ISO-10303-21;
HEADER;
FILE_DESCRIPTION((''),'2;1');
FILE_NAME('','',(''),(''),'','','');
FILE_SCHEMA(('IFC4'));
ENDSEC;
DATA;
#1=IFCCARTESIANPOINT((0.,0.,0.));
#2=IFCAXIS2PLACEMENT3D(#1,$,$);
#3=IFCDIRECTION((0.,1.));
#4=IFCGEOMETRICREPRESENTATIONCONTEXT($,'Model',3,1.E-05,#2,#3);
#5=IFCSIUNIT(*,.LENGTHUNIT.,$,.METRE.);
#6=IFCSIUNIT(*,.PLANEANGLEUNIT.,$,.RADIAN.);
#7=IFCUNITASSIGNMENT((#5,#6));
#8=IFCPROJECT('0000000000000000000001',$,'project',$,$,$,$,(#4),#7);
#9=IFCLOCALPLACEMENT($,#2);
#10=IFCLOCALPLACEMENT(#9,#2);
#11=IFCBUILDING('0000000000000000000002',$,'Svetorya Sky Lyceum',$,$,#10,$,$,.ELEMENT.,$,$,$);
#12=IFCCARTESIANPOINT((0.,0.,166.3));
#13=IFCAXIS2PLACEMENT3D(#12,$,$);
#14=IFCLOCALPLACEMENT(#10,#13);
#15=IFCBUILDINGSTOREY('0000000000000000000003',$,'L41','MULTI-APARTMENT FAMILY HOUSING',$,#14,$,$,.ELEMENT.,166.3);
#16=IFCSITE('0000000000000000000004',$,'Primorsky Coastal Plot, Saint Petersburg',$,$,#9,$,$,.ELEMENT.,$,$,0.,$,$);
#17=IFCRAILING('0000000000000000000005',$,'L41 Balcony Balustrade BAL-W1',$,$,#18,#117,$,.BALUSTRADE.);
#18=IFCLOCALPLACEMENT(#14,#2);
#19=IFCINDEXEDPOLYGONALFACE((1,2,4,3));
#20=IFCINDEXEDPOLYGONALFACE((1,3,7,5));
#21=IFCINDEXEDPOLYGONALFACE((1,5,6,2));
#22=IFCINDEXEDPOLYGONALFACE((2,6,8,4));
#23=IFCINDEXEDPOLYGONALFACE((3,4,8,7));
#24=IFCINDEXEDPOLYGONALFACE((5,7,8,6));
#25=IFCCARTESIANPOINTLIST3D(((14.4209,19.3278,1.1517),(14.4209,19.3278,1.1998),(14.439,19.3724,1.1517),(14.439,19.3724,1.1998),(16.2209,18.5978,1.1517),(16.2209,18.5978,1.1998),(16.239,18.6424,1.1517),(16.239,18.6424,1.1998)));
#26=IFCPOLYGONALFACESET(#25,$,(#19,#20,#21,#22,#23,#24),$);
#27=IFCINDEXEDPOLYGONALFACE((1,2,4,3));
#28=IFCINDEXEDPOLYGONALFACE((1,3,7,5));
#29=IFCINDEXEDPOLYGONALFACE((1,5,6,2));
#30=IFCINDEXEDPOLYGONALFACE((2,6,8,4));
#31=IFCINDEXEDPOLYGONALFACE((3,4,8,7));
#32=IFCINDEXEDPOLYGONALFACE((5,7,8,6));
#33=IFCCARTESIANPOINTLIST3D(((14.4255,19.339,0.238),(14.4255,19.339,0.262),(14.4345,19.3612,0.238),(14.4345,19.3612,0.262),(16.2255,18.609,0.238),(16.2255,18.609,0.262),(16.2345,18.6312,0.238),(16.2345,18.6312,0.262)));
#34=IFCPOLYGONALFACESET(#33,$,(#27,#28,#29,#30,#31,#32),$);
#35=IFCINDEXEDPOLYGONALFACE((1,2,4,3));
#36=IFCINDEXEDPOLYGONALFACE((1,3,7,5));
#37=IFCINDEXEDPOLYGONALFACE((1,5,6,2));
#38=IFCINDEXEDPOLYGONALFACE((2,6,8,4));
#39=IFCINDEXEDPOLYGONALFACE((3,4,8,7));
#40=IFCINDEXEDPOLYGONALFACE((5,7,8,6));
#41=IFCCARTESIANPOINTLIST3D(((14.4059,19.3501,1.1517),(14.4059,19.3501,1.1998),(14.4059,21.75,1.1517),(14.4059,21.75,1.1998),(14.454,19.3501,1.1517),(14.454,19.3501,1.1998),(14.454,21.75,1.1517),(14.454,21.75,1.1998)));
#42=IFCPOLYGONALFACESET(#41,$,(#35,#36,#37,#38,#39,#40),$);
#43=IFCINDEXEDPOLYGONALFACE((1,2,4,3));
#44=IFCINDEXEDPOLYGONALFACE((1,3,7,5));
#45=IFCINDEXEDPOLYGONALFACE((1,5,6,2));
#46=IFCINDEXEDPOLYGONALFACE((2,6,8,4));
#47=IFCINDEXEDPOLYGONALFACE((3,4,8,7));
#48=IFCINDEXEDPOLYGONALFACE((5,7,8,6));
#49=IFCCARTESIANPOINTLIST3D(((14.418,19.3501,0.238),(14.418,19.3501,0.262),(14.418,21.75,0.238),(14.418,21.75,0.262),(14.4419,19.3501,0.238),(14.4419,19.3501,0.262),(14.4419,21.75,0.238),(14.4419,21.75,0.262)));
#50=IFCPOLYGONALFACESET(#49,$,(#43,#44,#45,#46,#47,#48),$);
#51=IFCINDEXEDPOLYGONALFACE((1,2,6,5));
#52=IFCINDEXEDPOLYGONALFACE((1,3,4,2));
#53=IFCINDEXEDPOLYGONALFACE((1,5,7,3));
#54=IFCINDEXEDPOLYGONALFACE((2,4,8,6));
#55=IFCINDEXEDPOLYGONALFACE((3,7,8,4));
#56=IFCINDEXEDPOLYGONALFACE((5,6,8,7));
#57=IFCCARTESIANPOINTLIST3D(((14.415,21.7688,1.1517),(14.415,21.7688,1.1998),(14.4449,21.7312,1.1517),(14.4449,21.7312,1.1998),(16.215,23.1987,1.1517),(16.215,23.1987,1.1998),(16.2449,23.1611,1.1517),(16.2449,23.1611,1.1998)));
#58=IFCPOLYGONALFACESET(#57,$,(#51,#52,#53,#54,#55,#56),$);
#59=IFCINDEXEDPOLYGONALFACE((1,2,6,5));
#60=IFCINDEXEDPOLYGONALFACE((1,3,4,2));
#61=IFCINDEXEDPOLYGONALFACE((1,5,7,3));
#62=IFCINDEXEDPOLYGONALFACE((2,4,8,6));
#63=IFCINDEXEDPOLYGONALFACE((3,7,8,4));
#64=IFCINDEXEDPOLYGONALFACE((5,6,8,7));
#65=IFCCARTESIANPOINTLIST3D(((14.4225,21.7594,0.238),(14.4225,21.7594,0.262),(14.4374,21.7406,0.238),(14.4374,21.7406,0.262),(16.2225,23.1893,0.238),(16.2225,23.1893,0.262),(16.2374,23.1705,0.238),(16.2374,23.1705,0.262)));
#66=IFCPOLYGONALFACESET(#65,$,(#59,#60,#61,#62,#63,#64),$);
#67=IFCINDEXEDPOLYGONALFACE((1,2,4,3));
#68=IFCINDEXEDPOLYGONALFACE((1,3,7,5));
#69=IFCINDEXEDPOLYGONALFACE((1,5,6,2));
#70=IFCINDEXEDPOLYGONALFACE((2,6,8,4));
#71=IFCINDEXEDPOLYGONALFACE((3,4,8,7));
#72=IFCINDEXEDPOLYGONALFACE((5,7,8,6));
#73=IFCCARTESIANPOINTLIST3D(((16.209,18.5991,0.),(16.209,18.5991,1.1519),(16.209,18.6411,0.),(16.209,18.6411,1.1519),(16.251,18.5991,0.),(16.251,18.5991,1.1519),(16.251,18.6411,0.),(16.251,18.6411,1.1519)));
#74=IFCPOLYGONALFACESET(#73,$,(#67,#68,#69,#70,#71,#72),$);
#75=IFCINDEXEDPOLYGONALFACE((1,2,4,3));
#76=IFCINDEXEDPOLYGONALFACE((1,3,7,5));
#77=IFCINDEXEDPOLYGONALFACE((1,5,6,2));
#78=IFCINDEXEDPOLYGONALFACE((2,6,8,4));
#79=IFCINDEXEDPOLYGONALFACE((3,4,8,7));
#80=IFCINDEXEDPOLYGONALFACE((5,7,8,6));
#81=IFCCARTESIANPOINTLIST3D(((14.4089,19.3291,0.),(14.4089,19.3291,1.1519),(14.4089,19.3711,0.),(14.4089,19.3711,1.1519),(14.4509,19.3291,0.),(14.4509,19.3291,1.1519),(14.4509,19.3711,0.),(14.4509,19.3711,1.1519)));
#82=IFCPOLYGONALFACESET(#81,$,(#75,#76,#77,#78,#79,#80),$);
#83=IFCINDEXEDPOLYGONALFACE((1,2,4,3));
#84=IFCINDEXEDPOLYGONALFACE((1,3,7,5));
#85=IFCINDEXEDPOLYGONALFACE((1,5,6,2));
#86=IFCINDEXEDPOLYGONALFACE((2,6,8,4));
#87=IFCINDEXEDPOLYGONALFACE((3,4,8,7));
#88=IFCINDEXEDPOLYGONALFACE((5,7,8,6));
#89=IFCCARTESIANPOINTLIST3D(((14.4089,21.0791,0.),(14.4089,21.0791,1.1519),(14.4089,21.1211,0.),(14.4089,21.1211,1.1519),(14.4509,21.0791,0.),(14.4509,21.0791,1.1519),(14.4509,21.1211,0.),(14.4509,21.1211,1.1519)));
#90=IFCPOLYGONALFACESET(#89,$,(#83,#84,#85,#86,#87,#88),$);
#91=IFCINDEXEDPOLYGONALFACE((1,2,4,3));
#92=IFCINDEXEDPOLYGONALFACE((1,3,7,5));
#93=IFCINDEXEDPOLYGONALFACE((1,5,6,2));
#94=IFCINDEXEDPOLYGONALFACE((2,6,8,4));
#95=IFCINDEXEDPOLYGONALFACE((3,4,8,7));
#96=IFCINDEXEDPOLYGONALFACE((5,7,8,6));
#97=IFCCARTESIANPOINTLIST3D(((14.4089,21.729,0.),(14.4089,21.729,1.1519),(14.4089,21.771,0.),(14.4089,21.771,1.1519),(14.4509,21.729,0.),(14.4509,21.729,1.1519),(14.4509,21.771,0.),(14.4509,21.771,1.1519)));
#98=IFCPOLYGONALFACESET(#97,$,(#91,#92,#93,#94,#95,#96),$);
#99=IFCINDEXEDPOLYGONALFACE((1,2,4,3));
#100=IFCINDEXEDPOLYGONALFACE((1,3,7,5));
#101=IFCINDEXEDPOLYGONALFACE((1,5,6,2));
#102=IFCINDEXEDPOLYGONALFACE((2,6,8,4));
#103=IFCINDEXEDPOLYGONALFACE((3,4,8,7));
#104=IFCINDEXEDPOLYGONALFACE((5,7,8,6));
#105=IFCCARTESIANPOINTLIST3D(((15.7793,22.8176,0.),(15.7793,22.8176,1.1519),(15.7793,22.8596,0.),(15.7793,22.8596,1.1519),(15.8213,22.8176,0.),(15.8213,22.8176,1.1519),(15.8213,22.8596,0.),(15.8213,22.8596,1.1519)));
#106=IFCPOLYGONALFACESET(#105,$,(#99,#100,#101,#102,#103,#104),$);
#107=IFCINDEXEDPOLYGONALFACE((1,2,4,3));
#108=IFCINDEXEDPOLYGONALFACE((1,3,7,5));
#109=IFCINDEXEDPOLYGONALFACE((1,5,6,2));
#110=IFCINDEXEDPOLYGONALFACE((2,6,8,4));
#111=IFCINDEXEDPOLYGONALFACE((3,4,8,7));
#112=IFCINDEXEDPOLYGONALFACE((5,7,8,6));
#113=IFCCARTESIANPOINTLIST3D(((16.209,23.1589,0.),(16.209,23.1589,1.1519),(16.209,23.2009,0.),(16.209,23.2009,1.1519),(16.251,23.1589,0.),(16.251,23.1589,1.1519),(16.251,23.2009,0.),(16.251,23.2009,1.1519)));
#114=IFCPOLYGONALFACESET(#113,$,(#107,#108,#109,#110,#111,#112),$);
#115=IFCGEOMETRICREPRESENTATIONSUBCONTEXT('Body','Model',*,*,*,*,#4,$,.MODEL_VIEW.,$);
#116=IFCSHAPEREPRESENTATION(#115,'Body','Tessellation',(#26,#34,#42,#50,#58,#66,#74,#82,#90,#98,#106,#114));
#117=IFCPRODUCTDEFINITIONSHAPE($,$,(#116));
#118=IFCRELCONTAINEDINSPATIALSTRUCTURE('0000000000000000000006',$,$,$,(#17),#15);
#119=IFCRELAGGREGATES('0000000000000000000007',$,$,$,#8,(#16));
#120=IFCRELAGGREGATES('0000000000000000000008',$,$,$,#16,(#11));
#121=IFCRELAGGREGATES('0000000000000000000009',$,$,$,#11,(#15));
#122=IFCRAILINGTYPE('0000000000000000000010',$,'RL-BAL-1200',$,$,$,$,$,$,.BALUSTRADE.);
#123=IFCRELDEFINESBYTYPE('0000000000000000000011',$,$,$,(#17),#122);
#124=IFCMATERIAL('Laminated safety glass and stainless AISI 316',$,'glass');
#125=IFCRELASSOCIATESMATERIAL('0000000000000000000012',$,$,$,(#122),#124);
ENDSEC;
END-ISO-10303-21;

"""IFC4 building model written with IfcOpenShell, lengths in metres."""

from ifc_helpers import new_model, si_unit, direction, frame, origin, origin_2d, place, context, subcontext, project, spatial, rectangle, extrude, material, type_object, element, save


model = new_model("IFC4")

# Units and contexts
model_context = context("Model", 3, precision=1e-05, world=origin(), true_north=direction((0.0, 1.0)))
body_context = subcontext(model_context, "Body", "Model", "MODEL_VIEW")
ifc_project = project(units=[si_unit("LENGTHUNIT", "METRE"), si_unit("PLANEANGLEUNIT", "RADIAN")], contexts=[model_context])

# Site, building, storey
site_placement = place(None, origin())
site = spatial("IfcSite", under=ifc_project, at=site_placement, Name="Primorsky Coastal Plot, Saint Petersburg", CompositionType="ELEMENT", RefElevation=0.0)
building_placement = place(site_placement, origin())
building = spatial("IfcBuilding", under=site, at=building_placement, Name="Svetorya Sky Lyceum", CompositionType="ELEMENT")
storey_placement = place(building_placement, frame((0.0, 0.0, 166.3)))
storey = spatial("IfcBuildingStorey", under=building, at=storey_placement, Name="L41", Description="MULTI-APARTMENT FAMILY HOUSING", CompositionType="ELEMENT", Elevation=166.3)

# Railing
ifc_material_1 = material(Name="Laminated safety glass and stainless AISI 316", Category="glass")
railing_type = type_object("IfcRailingType", Name="RL-BAL-1200", PredefinedType="BALUSTRADE", material=ifc_material_1)
railing_placement = place(storey_placement, frame((16.23, 18.6201, 0.0)))
element("IfcRailing", 1, at=railing_placement, inside=storey, type_object=railing_type, Name="L41 Balcony Balustrade BAL-W1", PredefinedType="BALUSTRADE", context=body_context, shape_type="SweptSolid", body=[
    extrude(rectangle(XDim=0.0481, YDim=0.0481, at=origin_2d()), frame((0.0, 0.0, 1.1758), z_axis=(-0.926698, 0.375807, 0.0), x_axis=(-0.375807, -0.926698, 0.0)), (0.0, 0.0, 1.0), 1.9424),
    extrude(rectangle(XDim=0.0239, YDim=0.0239, at=origin_2d()), frame((0.0, 0.0, 0.25), z_axis=(-0.926698, 0.375807, 0.0), x_axis=(-0.375807, -0.926698, 0.0)), (0.0, 0.0, 1.0), 1.9424),
    extrude(rectangle(XDim=0.0481, YDim=0.0481, at=origin_2d()), frame((-1.8, 0.73, 1.1758), z_axis=(0.0, 1.0, 0.0), x_axis=(-1.0, 0.0, 0.0)), (0.0, 0.0, 1.0), 2.3999),
    extrude(rectangle(XDim=0.0239, YDim=0.0239, at=origin_2d()), frame((-1.8, 0.73, 0.25), z_axis=(0.0, 1.0, 0.0), x_axis=(-1.0, 0.0, 0.0)), (0.0, 0.0, 1.0), 2.3999),
    extrude(rectangle(XDim=0.0481, YDim=0.0481, at=origin_2d()), frame((-1.8, 3.1299, 1.1758), z_axis=(0.783009, 0.62201, 0.0), x_axis=(-0.62201, 0.783009, 0.0)), (0.0, 0.0, 1.0), 2.2988),
    extrude(rectangle(XDim=0.0239, YDim=0.0239, at=origin_2d()), frame((-1.8, 3.1299, 0.25), z_axis=(0.783009, 0.62201, 0.0), x_axis=(-0.62201, 0.783009, 0.0)), (0.0, 0.0, 1.0), 2.2988),
    extrude(rectangle(XDim=0.042, YDim=0.042, at=origin_2d()), origin(), (0.0, 0.0, 1.0), 1.1519),
    extrude(rectangle(XDim=0.042, YDim=0.042, at=origin_2d()), frame((-1.8, 0.73, 0.0)), (0.0, 0.0, 1.0), 1.1519),
    extrude(rectangle(XDim=0.042, YDim=0.042, at=origin_2d()), frame((-1.8, 2.48, 0.0)), (0.0, 0.0, 1.0), 1.1519),
    extrude(rectangle(XDim=0.042, YDim=0.042, at=origin_2d()), frame((-1.8, 3.1299, 0.0)), (0.0, 0.0, 1.0), 1.1519),
    extrude(rectangle(XDim=0.042, YDim=0.042, at=origin_2d()), frame((-0.4297, 4.2185, 0.0)), (0.0, 0.0, 1.0), 1.1519),
    extrude(rectangle(XDim=0.042, YDim=0.042, at=origin_2d()), frame((0.0, 4.5598, 0.0)), (0.0, 0.0, 1.0), 1.1519),
])

save(model, "model.ifc")
